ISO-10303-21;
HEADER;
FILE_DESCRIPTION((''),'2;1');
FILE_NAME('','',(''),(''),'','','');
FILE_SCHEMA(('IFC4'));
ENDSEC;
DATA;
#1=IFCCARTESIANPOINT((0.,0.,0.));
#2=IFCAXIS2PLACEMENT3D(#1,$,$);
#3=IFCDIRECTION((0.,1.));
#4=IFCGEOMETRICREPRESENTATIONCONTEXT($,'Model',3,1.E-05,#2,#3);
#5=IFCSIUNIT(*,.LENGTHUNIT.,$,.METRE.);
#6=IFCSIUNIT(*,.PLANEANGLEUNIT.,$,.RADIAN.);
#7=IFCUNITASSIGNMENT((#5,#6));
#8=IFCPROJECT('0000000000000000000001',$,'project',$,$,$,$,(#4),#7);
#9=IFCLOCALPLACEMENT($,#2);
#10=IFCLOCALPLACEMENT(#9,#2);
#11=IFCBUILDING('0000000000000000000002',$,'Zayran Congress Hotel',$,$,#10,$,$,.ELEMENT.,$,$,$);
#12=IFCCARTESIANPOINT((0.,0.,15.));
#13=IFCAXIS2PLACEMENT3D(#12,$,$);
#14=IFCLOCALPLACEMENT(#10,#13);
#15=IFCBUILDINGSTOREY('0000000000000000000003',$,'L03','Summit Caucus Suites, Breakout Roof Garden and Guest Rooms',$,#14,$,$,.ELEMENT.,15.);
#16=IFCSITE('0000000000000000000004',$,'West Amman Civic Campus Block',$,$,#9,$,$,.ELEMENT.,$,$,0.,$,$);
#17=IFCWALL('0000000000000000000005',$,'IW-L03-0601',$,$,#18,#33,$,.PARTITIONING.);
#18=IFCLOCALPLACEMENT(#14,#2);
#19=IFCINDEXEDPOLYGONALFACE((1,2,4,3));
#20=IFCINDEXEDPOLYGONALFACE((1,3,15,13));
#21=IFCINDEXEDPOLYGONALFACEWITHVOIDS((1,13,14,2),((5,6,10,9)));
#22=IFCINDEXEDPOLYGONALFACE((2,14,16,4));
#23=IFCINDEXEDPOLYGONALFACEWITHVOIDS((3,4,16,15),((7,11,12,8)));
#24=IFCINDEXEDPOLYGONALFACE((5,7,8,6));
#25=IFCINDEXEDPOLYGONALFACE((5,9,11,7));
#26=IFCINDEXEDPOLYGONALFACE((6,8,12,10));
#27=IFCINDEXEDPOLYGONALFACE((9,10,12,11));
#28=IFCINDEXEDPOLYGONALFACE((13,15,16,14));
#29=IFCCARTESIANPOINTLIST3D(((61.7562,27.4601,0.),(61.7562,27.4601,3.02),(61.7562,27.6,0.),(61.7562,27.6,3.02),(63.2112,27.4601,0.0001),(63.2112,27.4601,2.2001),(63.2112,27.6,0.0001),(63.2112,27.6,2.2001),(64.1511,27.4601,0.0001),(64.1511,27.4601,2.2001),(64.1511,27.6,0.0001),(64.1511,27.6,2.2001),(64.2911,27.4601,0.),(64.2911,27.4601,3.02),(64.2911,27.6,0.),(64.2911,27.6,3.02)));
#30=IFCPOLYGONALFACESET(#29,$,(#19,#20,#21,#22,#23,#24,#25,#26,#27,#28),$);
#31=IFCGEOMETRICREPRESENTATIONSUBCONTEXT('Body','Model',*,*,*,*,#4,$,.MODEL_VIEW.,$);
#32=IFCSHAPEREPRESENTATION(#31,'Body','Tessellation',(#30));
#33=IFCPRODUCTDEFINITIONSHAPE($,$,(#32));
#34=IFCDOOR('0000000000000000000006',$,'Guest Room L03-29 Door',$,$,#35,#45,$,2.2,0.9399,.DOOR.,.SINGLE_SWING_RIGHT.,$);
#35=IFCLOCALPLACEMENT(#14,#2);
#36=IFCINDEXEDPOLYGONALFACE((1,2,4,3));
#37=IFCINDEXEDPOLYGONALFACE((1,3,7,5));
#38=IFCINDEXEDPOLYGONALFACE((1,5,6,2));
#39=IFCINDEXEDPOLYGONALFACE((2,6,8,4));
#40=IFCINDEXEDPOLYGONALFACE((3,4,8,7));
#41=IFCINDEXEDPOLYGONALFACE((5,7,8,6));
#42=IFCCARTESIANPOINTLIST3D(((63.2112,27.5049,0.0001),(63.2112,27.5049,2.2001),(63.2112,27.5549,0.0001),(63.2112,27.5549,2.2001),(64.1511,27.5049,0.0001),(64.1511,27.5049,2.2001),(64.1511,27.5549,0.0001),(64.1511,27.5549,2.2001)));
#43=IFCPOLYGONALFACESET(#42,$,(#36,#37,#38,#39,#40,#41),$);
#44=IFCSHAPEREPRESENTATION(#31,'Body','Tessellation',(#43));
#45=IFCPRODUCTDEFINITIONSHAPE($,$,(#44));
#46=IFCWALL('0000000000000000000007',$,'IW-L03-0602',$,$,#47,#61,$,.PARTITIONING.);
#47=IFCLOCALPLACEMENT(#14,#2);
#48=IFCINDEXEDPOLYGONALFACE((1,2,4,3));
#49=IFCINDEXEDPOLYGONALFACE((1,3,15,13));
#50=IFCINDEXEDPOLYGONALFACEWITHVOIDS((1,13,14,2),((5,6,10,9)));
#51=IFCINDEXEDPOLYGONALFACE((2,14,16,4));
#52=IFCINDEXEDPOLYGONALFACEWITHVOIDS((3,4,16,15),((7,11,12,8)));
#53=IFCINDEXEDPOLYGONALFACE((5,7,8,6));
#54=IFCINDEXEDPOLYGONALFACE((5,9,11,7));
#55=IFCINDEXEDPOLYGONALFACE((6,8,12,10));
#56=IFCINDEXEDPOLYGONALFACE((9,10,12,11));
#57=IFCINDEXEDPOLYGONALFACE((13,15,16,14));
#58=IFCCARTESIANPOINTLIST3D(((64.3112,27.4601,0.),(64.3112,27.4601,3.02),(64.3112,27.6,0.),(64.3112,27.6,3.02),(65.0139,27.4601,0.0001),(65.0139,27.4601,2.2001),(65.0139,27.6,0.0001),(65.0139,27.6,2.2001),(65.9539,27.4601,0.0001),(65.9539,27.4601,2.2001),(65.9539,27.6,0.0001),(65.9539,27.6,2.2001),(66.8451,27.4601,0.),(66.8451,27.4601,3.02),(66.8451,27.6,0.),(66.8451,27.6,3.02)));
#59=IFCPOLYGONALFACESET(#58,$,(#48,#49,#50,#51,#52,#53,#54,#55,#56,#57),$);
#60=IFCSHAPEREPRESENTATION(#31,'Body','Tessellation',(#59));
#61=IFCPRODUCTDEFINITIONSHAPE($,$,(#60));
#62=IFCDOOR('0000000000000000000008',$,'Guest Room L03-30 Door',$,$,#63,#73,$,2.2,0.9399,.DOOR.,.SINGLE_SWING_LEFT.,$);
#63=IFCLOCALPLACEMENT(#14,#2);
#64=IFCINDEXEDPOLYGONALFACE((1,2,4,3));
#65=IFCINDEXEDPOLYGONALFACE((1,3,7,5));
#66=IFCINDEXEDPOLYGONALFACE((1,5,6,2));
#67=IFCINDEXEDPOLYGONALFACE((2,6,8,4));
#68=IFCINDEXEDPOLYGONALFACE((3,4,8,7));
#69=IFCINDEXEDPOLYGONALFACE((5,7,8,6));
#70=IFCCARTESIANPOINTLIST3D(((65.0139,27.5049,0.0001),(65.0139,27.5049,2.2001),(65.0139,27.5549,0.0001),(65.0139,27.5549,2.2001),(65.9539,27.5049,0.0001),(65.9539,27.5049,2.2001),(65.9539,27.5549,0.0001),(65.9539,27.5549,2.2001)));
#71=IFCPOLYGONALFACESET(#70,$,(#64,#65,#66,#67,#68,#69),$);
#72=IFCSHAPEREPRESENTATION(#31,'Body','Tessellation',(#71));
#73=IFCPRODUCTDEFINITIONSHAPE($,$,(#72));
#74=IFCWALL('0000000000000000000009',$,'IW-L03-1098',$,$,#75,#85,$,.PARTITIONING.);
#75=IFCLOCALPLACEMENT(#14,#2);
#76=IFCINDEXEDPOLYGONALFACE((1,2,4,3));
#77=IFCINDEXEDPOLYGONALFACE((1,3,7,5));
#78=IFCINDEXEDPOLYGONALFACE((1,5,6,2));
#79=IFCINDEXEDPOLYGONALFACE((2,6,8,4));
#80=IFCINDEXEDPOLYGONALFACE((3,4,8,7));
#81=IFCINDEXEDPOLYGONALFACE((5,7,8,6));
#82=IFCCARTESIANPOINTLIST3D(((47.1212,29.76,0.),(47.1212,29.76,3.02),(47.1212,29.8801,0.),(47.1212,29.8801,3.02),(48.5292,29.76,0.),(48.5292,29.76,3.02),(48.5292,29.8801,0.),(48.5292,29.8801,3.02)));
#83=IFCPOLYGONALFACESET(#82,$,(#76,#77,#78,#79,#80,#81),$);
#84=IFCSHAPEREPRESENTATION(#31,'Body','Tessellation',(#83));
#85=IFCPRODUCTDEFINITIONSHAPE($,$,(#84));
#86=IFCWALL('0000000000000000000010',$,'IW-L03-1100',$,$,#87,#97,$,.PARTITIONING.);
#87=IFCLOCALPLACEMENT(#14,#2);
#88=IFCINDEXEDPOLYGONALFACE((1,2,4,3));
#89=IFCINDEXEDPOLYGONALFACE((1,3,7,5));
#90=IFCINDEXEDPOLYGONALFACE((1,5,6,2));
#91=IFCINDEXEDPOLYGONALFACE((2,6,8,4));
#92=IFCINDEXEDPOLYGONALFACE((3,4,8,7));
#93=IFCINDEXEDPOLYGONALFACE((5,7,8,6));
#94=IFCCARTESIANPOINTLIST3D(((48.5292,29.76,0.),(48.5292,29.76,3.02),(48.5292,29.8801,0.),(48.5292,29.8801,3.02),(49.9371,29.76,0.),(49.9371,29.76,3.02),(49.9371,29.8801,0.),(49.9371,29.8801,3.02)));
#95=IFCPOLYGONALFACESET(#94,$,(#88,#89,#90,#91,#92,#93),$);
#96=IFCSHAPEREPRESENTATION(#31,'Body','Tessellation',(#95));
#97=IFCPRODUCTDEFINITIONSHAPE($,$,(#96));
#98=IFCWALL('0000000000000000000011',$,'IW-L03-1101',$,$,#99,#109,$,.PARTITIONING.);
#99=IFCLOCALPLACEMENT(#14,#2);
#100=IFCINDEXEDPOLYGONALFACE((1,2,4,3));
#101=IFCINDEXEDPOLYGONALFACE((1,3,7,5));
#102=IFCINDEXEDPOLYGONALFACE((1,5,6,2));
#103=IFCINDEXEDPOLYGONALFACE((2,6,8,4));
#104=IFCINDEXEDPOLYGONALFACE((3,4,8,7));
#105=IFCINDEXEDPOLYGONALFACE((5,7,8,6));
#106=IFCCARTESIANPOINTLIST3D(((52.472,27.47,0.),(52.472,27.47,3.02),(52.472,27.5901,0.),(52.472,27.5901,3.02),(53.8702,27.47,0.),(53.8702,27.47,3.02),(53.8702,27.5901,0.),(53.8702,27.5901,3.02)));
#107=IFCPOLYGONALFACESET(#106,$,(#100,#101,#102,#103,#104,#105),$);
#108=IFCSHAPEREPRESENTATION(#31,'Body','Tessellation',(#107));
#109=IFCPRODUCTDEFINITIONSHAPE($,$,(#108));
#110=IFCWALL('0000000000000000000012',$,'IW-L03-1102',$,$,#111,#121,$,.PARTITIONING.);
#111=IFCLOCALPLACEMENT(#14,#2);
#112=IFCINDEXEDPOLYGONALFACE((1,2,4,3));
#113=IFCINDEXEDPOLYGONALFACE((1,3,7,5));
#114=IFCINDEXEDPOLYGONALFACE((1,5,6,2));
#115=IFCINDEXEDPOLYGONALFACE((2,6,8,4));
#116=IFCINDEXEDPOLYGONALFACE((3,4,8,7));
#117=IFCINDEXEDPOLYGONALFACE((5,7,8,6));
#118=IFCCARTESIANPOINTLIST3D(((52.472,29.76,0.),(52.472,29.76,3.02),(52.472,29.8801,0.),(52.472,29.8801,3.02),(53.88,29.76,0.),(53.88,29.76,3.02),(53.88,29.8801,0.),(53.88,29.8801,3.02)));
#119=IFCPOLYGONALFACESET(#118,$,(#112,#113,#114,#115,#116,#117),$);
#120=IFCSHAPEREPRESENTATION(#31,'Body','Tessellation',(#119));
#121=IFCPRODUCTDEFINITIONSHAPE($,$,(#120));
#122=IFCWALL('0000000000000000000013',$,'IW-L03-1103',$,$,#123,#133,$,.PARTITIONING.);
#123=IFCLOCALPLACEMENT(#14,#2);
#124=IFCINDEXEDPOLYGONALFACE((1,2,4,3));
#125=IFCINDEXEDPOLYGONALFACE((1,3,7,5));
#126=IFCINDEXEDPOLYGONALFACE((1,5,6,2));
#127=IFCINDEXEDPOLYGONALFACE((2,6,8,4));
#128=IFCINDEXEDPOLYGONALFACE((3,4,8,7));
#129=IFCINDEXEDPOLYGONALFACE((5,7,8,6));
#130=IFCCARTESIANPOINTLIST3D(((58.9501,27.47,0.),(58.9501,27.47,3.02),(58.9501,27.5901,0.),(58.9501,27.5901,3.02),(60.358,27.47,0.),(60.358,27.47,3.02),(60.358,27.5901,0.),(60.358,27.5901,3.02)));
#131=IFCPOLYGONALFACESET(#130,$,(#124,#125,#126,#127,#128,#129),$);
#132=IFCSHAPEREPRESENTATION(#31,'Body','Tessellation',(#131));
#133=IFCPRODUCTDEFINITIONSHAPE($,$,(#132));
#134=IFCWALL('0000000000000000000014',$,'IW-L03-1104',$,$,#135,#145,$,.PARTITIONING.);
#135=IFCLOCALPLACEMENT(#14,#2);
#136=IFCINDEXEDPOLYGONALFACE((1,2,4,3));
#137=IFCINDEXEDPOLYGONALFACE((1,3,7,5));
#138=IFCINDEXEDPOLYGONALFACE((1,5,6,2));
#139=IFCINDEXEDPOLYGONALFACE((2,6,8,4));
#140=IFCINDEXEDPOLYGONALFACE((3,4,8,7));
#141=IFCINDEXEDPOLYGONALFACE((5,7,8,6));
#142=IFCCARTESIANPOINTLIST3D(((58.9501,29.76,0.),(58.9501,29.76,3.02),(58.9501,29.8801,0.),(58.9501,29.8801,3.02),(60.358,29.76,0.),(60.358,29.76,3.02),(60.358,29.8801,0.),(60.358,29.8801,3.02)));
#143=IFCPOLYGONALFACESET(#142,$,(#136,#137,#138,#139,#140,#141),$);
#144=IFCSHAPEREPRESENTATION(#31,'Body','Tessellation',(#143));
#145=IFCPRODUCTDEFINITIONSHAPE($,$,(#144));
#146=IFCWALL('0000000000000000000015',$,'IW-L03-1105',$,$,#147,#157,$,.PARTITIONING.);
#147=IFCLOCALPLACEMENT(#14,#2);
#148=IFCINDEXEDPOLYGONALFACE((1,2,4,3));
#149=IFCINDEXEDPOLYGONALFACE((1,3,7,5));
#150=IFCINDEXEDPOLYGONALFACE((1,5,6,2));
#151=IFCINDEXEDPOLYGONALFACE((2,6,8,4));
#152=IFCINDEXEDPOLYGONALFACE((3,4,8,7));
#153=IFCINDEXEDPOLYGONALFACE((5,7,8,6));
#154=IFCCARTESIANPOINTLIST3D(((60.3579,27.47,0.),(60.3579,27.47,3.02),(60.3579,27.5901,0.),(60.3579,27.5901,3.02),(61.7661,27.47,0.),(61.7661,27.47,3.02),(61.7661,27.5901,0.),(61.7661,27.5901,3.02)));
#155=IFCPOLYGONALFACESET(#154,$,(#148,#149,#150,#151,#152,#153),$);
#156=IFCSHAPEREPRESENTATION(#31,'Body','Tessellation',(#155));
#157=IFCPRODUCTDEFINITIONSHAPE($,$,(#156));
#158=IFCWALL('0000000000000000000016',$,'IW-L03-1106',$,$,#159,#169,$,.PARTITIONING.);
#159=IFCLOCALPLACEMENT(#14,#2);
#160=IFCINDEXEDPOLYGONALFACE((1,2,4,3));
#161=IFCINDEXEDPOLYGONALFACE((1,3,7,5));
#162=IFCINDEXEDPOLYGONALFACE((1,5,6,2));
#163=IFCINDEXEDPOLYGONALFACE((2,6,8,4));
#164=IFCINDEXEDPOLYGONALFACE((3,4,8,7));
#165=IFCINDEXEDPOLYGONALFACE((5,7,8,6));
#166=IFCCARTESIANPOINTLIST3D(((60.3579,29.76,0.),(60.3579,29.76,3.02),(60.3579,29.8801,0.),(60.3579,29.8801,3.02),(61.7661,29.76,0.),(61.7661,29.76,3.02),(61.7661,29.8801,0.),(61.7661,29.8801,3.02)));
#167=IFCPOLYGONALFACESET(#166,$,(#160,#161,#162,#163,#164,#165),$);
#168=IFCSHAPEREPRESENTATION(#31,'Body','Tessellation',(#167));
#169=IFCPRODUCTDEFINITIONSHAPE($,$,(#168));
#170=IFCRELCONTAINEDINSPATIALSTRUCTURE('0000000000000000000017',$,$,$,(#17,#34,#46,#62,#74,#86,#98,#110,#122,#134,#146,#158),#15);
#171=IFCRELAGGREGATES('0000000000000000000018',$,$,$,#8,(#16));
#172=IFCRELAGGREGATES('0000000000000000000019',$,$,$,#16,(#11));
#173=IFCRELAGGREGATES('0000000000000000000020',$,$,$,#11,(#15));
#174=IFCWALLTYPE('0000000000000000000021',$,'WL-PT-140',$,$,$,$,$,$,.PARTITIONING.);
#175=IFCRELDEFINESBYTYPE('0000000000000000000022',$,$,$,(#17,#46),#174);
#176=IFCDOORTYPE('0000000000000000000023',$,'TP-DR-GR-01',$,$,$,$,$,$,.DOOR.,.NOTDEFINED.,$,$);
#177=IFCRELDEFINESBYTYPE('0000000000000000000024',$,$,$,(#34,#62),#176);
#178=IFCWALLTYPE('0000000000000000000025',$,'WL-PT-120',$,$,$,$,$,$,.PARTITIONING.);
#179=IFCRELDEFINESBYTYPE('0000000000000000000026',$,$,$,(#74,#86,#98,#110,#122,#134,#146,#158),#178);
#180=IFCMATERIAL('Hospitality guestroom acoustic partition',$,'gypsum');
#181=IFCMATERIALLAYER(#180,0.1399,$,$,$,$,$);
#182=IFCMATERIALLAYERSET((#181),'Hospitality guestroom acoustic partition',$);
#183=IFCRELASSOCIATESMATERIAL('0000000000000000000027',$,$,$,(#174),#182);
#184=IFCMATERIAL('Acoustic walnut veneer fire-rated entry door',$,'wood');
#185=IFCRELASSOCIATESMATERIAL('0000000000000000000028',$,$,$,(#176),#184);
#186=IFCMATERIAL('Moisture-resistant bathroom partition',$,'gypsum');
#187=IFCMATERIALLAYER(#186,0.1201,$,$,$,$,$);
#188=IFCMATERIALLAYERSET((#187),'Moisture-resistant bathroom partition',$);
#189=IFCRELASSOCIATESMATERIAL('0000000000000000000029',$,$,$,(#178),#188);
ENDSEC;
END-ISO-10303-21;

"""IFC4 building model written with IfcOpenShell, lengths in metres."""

from ifc_helpers import new_model, si_unit, direction, frame, frame_2d, origin, place, context, subcontext, project, spatial, rectangle, extrude, material, layer, layer_set, type_object, element, fill, save


model = new_model("IFC4")

# Units and contexts
model_context = context("Model", 3, precision=1e-05, world=origin(), true_north=direction((0.0, 1.0)))
body_context = subcontext(model_context, "Body", "Model", "MODEL_VIEW")
ifc_project = project(units=[si_unit("LENGTHUNIT", "METRE"), si_unit("PLANEANGLEUNIT", "RADIAN")], contexts=[model_context])

# Site, building, storey
site_placement = place(None, origin())
site = spatial("IfcSite", under=ifc_project, at=site_placement, Name="West Amman Civic Campus Block", CompositionType="ELEMENT", RefElevation=0.0)
building_placement = place(site_placement, origin())
building = spatial("IfcBuilding", under=site, at=building_placement, Name="Zayran Congress Hotel", CompositionType="ELEMENT")
storey_placement = place(building_placement, frame((0.0, 0.0, 15.0)))
storey = spatial("IfcBuildingStorey", under=building, at=storey_placement, Name="L03", Description="Summit Caucus Suites, Breakout Roof Garden and Guest Rooms", CompositionType="ELEMENT", Elevation=15.0)

# Walls, openings, doors
ifc_material_1 = material(Name="Hospitality guestroom acoustic partition", Category="gypsum")
ifc_layer_1 = layer(ifc_material_1, 0.1399)
ifc_layer_set_1 = layer_set([ifc_layer_1], Name="Hospitality guestroom acoustic partition")
wall_type_1 = type_object("IfcWallType", Name="WL-PT-140", PredefinedType="PARTITIONING", material=ifc_layer_set_1)
ifc_material_2 = material(Name="Acoustic walnut veneer fire-rated entry door", Category="wood")
door_type_1 = type_object("IfcDoorType", Name="TP-DR-GR-01", OperationType="NOTDEFINED", PredefinedType="DOOR", material=ifc_material_2)
wall_1_placement = place(storey_placement, frame((61.7561, 27.53, 0.0), z_axis=(0.0, 0.0, 1.0), x_axis=(1.0, 0.0, 0.0)))
wall_1 = element("IfcWall", 1, at=wall_1_placement, inside=storey, type_object=wall_type_1, Name="IW-L03-0601", PredefinedType="PARTITIONING", context=body_context, shape_type="SweptSolid", body=[
    extrude(rectangle(XDim=2.5349, YDim=0.1399, at=frame_2d((1.2676, 0.0))), origin(), (0.0, 0.0, 1.0), 3.02),
])
opening_1_placement = place(wall_1_placement, frame((1.4551, 0.0, 0.0)))
opening_1 = element("IfcOpeningElement", 2, at=opening_1_placement, cuts=wall_1, PredefinedType="OPENING", context=body_context, shape_type="SweptSolid", body=[
    extrude(rectangle(XDim=0.9399, YDim=2.2, at=frame_2d((0.47, 1.1001))), frame((0.0, 0.0798, 0.0), z_axis=(0.0, -1.0, 0.0), x_axis=(1.0, 0.0, 0.0)), (0.0, 0.0, 1.0), 0.1599),
])
door_1_placement = place(opening_1_placement, origin())
door_1 = element("IfcDoor", 3, at=door_1_placement, inside=storey, type_object=door_type_1, Name="Guest Room L03-29 Door", OperationType="SINGLE_SWING_RIGHT", OverallHeight=2.2, OverallWidth=0.9399, PredefinedType="DOOR", context=body_context, shape_type="SweptSolid", body=[
    extrude(rectangle(XDim=0.9399, YDim=2.2, at=frame_2d((0.47, 1.1001))), frame((0.0, 0.0249, 0.0), z_axis=(0.0, -1.0, 0.0), x_axis=(1.0, 0.0, 0.0)), (0.0, 0.0, 1.0), 0.05),
])
fill(opening_1, door_1)
wall_2_placement = place(storey_placement, frame((64.311, 27.53, 0.0), z_axis=(0.0, 0.0, 1.0), x_axis=(1.0, 0.0, 0.0)))
wall_2 = element("IfcWall", 4, at=wall_2_placement, inside=storey, type_object=wall_type_1, Name="IW-L03-0602", PredefinedType="PARTITIONING", context=body_context, shape_type="SweptSolid", body=[
    extrude(rectangle(XDim=2.5339, YDim=0.1399, at=frame_2d((1.2671, 0.0))), origin(), (0.0, 0.0, 1.0), 3.02),
])
opening_2_placement = place(wall_2_placement, frame((0.7029, 0.0, 0.0)))
opening_2 = element("IfcOpeningElement", 5, at=opening_2_placement, cuts=wall_2, PredefinedType="OPENING", context=body_context, shape_type="SweptSolid", body=[
    extrude(rectangle(XDim=0.9399, YDim=2.2, at=frame_2d((0.47, 1.1001))), frame((0.0, 0.0798, 0.0), z_axis=(0.0, -1.0, 0.0), x_axis=(1.0, 0.0, 0.0)), (0.0, 0.0, 1.0), 0.1599),
])
door_2_placement = place(opening_2_placement, origin())
door_2 = element("IfcDoor", 6, at=door_2_placement, inside=storey, type_object=door_type_1, Name="Guest Room L03-30 Door", OperationType="SINGLE_SWING_LEFT", OverallHeight=2.2, OverallWidth=0.9399, PredefinedType="DOOR", context=body_context, shape_type="SweptSolid", body=[
    extrude(rectangle(XDim=0.9399, YDim=2.2, at=frame_2d((0.47, 1.1001))), frame((0.0, 0.0249, 0.0), z_axis=(0.0, -1.0, 0.0), x_axis=(1.0, 0.0, 0.0)), (0.0, 0.0, 1.0), 0.05),
])
fill(opening_2, door_2)

# Walls
ifc_material_3 = material(Name="Moisture-resistant bathroom partition", Category="gypsum")
ifc_layer_2 = layer(ifc_material_3, 0.1201)
ifc_layer_set_2 = layer_set([ifc_layer_2], Name="Moisture-resistant bathroom partition")
wall_type_2 = type_object("IfcWallType", Name="WL-PT-120", PredefinedType="PARTITIONING", material=ifc_layer_set_2)
for number, where, z_axis, x_axis, name in (
    (7, (47.1211, 29.8201, 0.0), (0.0, 0.0, 1.0), (1.0, 0.0, 0.0), "IW-L03-1098"),
    (8, (48.5291, 29.8201, 0.0), (0.0, 0.0, 1.0), (1.0, 0.0, 0.0), "IW-L03-1100"),
):
    element("IfcWall", number, at=place(storey_placement, frame(where, z_axis=z_axis, x_axis=x_axis)), inside=storey, type_object=wall_type_2, Name=name, PredefinedType="PARTITIONING", context=body_context, shape_type="SweptSolid", body=[
        extrude(rectangle(XDim=1.408, YDim=0.1201, at=frame_2d((0.7041, 0.0))), origin(), (0.0, 0.0, 1.0), 3.02),
    ])
wall_3_placement = place(storey_placement, frame((52.4719, 27.53, 0.0), z_axis=(0.0, 0.0, 1.0), x_axis=(1.0, 0.0, 0.0)))
element("IfcWall", 9, at=wall_3_placement, inside=storey, type_object=wall_type_2, Name="IW-L03-1101", PredefinedType="PARTITIONING", context=body_context, shape_type="SweptSolid", body=[
    extrude(rectangle(XDim=1.3982, YDim=0.1201, at=frame_2d((0.6992, 0.0))), origin(), (0.0, 0.0, 1.0), 3.02),
])
for number, where, z_axis, x_axis, name in (
    (10, (52.4719, 29.8201, 0.0), (0.0, 0.0, 1.0), (1.0, 0.0, 0.0), "IW-L03-1102"),
    (11, (58.95, 27.53, 0.0), (0.0, 0.0, 1.0), (1.0, 0.0, 0.0), "IW-L03-1103"),
    (12, (58.95, 29.8201, 0.0), (0.0, 0.0, 1.0), (1.0, 0.0, 0.0), "IW-L03-1104"),
):
    element("IfcWall", number, at=place(storey_placement, frame(where, z_axis=z_axis, x_axis=x_axis)), inside=storey, type_object=wall_type_2, Name=name, PredefinedType="PARTITIONING", context=body_context, shape_type="SweptSolid", body=[
        extrude(rectangle(XDim=1.408, YDim=0.1201, at=frame_2d((0.7041, 0.0))), origin(), (0.0, 0.0, 1.0), 3.02),
    ])
for number, where, z_axis, x_axis, name in (
    (13, (60.3579, 27.53, 0.0), (0.0, 0.0, 1.0), (1.0, 0.0, 0.0), "IW-L03-1105"),
    (14, (60.3579, 29.8201, 0.0), (0.0, 0.0, 1.0), (1.0, 0.0, 0.0), "IW-L03-1106"),
):
    element("IfcWall", number, at=place(storey_placement, frame(where, z_axis=z_axis, x_axis=x_axis)), inside=storey, type_object=wall_type_2, Name=name, PredefinedType="PARTITIONING", context=body_context, shape_type="SweptSolid", body=[
        extrude(rectangle(XDim=1.4082, YDim=0.1201, at=frame_2d((0.7041, 0.0))), origin(), (0.0, 0.0, 1.0), 3.02),
    ])

save(model, "model.ifc")
